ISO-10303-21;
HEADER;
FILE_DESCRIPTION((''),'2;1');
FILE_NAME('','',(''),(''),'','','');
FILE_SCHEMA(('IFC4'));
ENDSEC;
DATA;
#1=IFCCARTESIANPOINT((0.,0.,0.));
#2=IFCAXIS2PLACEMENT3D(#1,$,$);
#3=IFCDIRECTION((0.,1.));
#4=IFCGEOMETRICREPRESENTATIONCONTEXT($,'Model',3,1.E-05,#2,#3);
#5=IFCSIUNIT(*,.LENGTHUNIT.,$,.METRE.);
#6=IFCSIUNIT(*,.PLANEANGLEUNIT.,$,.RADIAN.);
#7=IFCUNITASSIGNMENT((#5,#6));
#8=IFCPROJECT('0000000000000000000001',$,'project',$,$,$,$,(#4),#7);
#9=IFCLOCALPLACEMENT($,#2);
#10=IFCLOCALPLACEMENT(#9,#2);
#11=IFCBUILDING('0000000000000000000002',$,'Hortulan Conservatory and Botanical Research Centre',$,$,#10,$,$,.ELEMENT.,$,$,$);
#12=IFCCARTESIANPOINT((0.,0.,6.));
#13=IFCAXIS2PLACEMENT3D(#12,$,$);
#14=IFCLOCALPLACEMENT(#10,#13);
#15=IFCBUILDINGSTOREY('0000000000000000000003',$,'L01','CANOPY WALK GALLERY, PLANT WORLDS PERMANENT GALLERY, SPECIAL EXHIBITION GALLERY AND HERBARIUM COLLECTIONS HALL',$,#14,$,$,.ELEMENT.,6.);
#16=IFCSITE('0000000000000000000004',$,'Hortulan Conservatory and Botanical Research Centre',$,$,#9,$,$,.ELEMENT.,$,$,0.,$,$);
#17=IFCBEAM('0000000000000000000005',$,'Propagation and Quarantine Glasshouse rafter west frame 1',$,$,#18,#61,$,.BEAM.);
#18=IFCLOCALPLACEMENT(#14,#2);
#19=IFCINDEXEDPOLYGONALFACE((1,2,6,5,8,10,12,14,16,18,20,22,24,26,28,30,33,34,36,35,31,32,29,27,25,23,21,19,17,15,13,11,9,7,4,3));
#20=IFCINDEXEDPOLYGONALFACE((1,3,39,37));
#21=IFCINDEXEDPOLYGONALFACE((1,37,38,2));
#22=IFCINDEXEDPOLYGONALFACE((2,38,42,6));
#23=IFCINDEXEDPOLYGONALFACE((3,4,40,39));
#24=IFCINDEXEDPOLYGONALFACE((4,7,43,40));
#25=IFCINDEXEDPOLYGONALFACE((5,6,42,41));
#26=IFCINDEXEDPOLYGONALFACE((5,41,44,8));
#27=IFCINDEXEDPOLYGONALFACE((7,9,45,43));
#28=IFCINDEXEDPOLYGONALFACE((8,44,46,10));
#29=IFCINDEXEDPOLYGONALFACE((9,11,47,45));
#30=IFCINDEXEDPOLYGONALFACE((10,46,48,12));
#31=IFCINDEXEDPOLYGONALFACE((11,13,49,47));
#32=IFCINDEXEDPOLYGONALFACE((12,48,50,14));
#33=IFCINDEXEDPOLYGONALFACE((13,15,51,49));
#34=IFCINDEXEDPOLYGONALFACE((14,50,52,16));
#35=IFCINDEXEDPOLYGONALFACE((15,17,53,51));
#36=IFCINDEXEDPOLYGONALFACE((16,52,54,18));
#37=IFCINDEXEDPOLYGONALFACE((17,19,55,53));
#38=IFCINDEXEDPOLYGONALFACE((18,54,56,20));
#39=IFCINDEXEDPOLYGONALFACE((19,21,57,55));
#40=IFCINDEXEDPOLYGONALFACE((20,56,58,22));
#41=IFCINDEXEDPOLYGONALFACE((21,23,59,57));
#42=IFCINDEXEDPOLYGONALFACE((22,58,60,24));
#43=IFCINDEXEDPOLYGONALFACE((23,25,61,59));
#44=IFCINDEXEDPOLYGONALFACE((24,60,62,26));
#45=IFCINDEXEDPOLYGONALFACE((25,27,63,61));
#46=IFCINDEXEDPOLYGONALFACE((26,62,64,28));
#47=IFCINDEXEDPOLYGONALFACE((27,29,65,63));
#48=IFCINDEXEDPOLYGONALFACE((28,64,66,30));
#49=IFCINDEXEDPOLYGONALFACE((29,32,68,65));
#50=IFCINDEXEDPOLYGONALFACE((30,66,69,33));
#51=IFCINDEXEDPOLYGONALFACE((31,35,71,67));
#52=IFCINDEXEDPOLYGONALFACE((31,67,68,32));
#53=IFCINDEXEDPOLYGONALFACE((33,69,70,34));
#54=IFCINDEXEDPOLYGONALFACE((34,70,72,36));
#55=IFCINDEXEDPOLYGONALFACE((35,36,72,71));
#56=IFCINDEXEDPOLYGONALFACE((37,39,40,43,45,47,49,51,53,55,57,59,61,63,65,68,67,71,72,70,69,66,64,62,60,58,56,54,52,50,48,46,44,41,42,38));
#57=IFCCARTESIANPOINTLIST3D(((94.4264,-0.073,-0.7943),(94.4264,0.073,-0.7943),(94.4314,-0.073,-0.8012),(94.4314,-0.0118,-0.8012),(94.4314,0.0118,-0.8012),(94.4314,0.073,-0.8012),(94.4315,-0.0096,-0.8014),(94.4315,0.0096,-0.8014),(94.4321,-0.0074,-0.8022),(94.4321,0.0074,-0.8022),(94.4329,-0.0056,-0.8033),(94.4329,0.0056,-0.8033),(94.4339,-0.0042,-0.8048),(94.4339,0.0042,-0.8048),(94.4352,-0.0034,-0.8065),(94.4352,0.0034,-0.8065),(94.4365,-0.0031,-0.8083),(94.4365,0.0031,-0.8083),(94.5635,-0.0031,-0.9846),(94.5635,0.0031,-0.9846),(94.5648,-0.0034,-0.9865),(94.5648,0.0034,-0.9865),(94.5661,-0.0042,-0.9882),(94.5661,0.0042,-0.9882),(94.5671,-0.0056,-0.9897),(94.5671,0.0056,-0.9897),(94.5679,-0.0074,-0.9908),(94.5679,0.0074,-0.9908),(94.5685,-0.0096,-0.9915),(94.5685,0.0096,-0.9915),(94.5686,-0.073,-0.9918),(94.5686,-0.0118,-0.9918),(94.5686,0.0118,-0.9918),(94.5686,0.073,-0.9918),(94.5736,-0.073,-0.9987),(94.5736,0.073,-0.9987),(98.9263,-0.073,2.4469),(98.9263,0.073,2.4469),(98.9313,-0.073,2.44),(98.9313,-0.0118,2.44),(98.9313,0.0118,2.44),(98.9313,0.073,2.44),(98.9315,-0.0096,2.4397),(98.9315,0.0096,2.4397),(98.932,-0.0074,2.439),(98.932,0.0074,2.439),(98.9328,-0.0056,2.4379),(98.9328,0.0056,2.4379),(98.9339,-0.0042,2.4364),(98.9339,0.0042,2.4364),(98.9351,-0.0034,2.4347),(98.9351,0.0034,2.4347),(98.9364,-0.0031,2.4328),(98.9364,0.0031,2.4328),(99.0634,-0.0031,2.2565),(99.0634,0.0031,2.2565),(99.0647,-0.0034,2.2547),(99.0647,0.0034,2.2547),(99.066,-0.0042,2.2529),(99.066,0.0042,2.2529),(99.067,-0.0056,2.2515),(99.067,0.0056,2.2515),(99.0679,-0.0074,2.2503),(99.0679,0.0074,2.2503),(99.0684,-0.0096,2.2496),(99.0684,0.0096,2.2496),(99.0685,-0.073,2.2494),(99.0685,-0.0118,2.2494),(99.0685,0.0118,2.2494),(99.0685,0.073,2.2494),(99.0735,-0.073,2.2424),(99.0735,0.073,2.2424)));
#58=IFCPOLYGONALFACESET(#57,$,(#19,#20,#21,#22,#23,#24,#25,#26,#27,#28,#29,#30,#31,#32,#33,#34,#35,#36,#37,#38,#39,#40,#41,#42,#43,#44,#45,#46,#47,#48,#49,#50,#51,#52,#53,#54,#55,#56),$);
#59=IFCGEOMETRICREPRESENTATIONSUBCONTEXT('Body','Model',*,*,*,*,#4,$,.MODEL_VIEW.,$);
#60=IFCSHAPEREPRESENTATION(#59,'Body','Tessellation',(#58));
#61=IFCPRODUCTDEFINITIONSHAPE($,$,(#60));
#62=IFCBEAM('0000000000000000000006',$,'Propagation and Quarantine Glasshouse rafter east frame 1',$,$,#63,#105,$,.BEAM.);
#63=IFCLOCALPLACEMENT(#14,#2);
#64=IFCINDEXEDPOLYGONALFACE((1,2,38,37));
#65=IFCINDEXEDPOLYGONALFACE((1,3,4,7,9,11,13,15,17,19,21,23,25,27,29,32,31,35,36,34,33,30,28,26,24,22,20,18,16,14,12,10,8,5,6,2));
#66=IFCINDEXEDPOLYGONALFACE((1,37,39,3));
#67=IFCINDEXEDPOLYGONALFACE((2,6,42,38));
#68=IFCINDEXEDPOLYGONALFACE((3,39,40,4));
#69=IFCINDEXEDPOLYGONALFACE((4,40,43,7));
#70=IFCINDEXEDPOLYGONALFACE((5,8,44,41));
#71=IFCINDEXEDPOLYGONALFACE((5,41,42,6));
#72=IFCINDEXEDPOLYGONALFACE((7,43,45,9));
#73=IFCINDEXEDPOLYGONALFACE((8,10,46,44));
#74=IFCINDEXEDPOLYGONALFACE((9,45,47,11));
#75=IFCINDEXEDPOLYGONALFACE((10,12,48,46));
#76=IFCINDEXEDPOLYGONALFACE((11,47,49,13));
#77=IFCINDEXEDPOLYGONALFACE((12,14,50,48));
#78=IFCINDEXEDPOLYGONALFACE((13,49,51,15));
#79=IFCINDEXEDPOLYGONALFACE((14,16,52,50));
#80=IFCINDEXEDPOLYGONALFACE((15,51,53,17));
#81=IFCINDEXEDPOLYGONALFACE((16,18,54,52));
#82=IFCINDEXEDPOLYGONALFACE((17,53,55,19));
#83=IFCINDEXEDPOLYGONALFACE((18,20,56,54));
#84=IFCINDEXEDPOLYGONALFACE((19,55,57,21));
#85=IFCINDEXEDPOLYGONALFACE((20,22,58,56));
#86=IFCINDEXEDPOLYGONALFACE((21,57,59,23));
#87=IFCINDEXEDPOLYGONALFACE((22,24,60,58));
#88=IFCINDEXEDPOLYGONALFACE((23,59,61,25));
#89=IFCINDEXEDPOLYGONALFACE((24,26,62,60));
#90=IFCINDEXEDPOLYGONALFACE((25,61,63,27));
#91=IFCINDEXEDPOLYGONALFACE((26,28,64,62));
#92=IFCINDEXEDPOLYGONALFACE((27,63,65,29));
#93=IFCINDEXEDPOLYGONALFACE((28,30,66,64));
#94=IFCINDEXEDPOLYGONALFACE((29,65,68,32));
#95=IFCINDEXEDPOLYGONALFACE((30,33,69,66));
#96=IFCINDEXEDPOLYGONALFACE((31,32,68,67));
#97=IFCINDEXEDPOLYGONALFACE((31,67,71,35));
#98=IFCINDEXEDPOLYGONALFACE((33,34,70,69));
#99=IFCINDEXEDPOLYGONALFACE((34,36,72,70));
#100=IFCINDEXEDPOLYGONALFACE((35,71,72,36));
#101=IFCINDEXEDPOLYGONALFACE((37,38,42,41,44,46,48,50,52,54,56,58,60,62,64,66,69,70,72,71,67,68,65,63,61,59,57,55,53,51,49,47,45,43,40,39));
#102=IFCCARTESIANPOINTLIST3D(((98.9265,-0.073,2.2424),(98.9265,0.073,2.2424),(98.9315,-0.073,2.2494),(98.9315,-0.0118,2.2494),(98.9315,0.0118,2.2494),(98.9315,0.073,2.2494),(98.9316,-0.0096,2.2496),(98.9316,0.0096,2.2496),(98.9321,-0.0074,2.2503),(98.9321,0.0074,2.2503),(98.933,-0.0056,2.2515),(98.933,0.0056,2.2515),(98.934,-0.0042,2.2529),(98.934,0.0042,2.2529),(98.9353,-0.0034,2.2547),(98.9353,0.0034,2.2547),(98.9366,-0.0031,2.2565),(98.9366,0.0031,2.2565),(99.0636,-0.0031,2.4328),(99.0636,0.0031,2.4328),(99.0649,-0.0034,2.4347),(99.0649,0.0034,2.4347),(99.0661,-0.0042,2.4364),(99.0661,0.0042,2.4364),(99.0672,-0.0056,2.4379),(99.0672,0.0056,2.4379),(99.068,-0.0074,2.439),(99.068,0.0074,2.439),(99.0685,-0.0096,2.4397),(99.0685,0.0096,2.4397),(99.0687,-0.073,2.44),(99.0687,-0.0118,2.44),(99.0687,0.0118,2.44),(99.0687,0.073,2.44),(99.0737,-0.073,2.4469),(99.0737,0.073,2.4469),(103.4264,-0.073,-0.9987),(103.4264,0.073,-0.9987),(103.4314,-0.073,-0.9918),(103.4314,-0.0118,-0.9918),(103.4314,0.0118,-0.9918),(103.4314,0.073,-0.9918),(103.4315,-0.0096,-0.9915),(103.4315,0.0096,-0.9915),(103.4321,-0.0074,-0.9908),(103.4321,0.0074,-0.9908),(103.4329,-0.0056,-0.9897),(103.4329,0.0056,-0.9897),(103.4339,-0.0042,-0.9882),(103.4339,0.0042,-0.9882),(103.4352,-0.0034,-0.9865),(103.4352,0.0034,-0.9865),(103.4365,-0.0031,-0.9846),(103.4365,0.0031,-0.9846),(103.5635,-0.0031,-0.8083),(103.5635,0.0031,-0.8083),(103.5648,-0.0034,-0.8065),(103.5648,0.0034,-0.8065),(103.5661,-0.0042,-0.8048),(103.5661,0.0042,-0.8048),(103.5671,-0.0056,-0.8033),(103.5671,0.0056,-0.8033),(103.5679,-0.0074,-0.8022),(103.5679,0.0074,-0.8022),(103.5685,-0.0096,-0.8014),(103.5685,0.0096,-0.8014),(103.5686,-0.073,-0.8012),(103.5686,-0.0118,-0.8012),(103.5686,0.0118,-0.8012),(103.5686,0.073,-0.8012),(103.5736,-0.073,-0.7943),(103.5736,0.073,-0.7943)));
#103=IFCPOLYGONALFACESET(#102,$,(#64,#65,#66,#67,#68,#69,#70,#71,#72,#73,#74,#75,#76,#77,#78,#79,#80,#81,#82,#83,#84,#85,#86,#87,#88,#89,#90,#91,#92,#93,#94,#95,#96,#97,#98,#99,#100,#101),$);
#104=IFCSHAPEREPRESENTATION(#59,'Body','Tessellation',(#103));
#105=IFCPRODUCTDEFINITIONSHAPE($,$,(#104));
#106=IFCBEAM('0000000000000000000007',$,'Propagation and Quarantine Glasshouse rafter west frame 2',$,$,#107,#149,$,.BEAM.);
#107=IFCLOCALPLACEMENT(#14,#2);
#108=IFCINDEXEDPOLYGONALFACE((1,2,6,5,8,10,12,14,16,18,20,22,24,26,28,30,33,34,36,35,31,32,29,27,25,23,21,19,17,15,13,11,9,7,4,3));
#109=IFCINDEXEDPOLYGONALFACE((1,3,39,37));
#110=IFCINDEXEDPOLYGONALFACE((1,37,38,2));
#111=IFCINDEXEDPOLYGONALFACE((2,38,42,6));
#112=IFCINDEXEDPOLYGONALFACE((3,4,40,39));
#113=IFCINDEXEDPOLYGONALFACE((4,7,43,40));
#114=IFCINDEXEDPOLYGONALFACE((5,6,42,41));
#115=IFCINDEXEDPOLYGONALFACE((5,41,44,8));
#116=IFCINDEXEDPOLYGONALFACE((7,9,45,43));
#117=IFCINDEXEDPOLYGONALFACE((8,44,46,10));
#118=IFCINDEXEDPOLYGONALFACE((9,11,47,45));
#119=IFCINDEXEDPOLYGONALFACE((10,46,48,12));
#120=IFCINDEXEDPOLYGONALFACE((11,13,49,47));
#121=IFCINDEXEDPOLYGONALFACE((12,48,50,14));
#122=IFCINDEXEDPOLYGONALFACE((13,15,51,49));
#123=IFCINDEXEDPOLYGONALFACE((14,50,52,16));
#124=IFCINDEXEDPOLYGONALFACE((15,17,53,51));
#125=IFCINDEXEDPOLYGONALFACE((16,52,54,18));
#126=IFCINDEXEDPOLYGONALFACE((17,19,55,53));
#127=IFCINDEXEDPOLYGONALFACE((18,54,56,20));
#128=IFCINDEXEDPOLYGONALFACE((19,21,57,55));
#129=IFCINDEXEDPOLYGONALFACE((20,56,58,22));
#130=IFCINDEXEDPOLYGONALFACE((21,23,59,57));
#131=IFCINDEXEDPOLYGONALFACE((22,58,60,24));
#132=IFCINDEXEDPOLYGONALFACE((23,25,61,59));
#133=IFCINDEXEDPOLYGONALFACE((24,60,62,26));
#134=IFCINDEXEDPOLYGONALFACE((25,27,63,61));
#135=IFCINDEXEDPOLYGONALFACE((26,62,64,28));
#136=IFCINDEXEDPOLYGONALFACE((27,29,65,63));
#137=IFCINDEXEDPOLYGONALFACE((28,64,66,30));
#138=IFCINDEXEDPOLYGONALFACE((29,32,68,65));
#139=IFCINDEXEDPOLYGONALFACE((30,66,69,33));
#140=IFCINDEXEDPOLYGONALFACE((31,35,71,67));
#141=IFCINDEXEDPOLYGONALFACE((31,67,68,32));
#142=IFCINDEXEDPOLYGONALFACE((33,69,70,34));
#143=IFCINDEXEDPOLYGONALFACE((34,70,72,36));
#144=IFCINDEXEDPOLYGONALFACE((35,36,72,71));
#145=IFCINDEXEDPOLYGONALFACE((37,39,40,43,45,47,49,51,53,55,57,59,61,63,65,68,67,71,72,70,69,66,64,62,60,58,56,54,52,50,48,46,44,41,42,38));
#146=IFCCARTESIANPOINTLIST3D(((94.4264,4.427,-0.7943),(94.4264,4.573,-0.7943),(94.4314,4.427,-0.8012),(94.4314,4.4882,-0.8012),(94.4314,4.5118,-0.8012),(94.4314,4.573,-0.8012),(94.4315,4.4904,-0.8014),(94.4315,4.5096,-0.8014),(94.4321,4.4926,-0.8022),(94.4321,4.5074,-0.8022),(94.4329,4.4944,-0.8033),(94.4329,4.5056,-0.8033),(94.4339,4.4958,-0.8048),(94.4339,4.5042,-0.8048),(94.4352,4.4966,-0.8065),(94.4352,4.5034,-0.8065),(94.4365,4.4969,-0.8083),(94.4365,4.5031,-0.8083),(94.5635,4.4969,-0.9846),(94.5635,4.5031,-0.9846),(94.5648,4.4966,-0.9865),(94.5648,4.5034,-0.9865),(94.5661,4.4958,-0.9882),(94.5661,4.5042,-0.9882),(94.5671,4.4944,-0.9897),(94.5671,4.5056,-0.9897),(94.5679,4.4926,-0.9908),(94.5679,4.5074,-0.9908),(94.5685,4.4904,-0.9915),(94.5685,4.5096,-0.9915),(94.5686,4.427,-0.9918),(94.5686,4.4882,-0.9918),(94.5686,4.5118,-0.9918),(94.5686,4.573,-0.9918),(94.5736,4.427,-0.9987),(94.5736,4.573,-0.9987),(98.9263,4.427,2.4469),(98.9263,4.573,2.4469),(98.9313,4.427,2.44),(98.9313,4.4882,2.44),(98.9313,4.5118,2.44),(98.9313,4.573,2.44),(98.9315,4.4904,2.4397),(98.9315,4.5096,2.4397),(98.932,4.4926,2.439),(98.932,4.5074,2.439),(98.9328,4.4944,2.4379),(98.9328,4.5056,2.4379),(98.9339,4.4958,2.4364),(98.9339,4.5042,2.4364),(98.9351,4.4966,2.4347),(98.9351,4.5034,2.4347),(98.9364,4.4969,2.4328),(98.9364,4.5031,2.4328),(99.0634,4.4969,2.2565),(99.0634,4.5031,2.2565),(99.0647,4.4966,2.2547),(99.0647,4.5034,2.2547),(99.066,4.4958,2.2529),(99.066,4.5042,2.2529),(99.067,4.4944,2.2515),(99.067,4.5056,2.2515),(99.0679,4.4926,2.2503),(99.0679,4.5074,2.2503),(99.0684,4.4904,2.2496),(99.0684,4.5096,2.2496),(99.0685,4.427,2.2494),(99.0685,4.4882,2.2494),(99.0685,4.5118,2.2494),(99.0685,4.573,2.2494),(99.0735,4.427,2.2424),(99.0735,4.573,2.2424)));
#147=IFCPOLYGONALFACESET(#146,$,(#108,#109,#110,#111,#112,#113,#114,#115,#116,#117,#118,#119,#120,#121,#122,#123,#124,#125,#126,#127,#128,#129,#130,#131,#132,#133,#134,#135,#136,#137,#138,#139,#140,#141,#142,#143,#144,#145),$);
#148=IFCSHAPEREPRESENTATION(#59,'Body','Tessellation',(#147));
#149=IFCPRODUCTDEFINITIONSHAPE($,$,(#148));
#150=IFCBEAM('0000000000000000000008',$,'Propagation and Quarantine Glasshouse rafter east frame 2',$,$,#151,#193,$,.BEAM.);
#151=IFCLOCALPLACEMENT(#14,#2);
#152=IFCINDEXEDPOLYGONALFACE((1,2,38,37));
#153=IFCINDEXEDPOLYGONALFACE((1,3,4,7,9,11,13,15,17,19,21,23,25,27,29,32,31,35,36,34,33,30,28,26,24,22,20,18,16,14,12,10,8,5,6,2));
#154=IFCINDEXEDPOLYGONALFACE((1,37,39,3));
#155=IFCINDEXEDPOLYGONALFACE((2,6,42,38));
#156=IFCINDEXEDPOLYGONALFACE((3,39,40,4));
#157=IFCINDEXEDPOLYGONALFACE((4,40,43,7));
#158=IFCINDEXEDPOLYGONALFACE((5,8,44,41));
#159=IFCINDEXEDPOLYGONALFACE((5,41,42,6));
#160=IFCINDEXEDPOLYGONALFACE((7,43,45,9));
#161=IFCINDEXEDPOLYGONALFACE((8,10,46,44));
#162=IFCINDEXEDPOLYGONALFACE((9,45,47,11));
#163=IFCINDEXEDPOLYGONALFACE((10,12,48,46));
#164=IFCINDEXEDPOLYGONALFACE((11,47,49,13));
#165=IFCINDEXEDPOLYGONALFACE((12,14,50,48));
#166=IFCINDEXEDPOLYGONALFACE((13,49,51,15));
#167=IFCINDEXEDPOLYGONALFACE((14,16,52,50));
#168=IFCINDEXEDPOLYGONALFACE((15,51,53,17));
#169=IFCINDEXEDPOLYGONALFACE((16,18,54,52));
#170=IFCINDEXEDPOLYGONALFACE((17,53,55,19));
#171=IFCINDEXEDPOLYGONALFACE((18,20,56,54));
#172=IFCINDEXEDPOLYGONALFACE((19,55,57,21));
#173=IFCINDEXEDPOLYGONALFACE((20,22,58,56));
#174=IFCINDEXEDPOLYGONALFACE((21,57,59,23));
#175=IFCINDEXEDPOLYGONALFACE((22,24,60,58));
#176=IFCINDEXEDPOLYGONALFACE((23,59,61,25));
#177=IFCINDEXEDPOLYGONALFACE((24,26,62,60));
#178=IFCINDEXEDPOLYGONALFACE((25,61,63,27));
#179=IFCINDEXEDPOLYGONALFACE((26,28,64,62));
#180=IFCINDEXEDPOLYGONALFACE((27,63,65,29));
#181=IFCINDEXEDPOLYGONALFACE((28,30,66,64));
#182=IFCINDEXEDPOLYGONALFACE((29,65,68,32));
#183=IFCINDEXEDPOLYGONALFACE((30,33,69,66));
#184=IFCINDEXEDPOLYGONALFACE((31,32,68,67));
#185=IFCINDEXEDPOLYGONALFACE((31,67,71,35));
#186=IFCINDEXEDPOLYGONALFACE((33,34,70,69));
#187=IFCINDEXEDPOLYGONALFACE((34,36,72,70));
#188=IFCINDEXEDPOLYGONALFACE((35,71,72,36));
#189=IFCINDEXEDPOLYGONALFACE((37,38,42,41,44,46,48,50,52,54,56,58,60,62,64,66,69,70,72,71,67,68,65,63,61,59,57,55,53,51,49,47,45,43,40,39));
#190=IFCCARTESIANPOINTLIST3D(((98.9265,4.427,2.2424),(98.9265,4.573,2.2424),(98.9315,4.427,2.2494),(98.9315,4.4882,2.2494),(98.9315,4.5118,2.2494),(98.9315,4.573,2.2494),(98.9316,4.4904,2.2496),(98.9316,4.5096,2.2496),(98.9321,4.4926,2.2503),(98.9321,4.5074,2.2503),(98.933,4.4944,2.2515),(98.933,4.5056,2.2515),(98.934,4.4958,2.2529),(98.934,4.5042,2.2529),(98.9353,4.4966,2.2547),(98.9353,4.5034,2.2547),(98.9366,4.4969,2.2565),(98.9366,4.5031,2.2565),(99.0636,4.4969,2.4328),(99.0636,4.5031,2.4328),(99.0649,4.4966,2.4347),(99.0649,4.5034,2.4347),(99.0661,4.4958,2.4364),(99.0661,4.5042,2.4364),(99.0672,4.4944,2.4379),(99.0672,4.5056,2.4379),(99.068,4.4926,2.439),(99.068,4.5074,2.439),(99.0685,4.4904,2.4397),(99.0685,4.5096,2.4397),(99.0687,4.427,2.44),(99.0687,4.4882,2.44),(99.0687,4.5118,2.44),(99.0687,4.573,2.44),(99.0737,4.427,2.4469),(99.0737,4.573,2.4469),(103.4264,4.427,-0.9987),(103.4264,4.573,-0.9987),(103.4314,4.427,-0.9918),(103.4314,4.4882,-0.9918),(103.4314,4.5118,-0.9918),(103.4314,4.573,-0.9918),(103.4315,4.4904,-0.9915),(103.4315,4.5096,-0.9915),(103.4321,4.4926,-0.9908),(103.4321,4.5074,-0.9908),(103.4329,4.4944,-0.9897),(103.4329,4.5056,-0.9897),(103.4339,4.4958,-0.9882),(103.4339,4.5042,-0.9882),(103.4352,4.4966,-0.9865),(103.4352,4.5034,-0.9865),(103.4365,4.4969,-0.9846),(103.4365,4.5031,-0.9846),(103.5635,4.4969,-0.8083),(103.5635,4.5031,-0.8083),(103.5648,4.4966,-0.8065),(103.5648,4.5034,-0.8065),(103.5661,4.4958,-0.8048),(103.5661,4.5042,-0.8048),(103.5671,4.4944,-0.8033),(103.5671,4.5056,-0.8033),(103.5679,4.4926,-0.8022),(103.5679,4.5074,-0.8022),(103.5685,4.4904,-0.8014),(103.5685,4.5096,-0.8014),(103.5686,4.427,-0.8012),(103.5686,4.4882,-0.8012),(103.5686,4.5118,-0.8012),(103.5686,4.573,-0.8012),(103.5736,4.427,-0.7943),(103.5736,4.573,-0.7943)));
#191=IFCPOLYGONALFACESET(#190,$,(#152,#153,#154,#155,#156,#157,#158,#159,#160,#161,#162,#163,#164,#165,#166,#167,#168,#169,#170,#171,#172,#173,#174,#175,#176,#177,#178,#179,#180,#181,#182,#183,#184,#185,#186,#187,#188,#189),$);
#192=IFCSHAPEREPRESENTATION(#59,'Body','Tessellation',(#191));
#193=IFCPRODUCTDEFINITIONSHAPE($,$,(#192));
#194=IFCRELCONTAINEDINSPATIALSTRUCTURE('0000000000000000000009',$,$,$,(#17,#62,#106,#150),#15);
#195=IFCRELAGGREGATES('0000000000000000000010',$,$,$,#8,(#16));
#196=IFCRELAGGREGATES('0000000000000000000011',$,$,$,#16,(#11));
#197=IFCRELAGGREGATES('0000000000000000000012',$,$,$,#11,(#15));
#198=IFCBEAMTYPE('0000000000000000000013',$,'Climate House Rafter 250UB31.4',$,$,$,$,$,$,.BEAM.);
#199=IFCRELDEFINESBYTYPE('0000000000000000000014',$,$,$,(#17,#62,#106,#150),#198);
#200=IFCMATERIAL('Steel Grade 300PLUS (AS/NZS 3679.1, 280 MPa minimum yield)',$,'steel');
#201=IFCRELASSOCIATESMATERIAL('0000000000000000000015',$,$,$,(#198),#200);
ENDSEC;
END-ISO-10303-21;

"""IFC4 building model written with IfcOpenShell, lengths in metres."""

from ifc_helpers import new_model, si_unit, direction, frame, origin, origin_2d, place, context, subcontext, project, spatial, i_section, extrude, material, material_profile, profile_set, type_object, element, save


model = new_model("IFC4")

# Units and contexts
model_context = context("Model", 3, precision=1e-05, world=origin(), true_north=direction((0.0, 1.0)))
body_context = subcontext(model_context, "Body", "Model", "MODEL_VIEW")
ifc_project = project(units=[si_unit("LENGTHUNIT", "METRE"), si_unit("PLANEANGLEUNIT", "RADIAN")], contexts=[model_context])

# Site, building, storey
site_placement = place(None, origin())
site = spatial("IfcSite", under=ifc_project, at=site_placement, Name="Hortulan Conservatory and Botanical Research Centre", CompositionType="ELEMENT", RefElevation=0.0)
building_placement = place(site_placement, origin())
building = spatial("IfcBuilding", under=site, at=building_placement, Name="Hortulan Conservatory and Botanical Research Centre", CompositionType="ELEMENT")
storey_placement = place(building_placement, frame((0.0, 0.0, 6.0)))
storey = spatial("IfcBuildingStorey", under=building, at=storey_placement, Name="L01", Description="CANOPY WALK GALLERY, PLANT WORLDS PERMANENT GALLERY, SPECIAL EXHIBITION GALLERY AND HERBARIUM COLLECTIONS HALL", CompositionType="ELEMENT", Elevation=6.0)

# Beams
ifc_material_1 = material(Name="Steel Grade 300PLUS (AS/NZS 3679.1, 280 MPa minimum yield)", Category="steel")
ifc_material_profile_1 = material_profile(ifc_material_1, i_section(OverallWidth=0.146, OverallDepth=0.252, WebThickness=0.0061, FlangeThickness=0.0085, FilletRadius=0.0088, at=origin_2d()), Name="250UB31.4")
ifc_profile_set_1 = profile_set([ifc_material_profile_1], Name="Steel Grade 300PLUS (AS/NZS 3679.1, 280 MPa minimum yield)")
beam_type = type_object("IfcBeamType", Name="Climate House Rafter 250UB31.4", PredefinedType="BEAM", material=ifc_profile_set_1)
for number, where, z_axis, x_axis, name in (
    (1, (94.5, 0.0, -0.8965), (0.811431, 0.0, 0.584449), (0.0, 1.0, 0.0), "Propagation and Quarantine Glasshouse rafter west frame 1"),
    (2, (103.5, 0.0, -0.8965), (-0.811431, 0.0, 0.584449), (0.0, -1.0, 0.0), "Propagation and Quarantine Glasshouse rafter east frame 1"),
    (3, (94.5, 4.5, -0.8965), (0.811431, 0.0, 0.584449), (0.0, 1.0, 0.0), "Propagation and Quarantine Glasshouse rafter west frame 2"),
    (4, (103.5, 4.5, -0.8965), (-0.811431, 0.0, 0.584449), (0.0, -1.0, 0.0), "Propagation and Quarantine Glasshouse rafter east frame 2"),
):
    element("IfcBeam", number, at=place(storey_placement, frame(where, z_axis=z_axis, x_axis=x_axis)), inside=storey, type_object=beam_type, Name=name, PredefinedType="BEAM", context=body_context, shape_type="SweptSolid", body=[
        extrude(i_section(OverallWidth=0.146, OverallDepth=0.252, WebThickness=0.0061, FlangeThickness=0.0085, FilletRadius=0.0088, at=origin_2d()), origin(), (0.0, 0.0, 1.0), 5.5457),
    ])

save(model, "model.ifc")
